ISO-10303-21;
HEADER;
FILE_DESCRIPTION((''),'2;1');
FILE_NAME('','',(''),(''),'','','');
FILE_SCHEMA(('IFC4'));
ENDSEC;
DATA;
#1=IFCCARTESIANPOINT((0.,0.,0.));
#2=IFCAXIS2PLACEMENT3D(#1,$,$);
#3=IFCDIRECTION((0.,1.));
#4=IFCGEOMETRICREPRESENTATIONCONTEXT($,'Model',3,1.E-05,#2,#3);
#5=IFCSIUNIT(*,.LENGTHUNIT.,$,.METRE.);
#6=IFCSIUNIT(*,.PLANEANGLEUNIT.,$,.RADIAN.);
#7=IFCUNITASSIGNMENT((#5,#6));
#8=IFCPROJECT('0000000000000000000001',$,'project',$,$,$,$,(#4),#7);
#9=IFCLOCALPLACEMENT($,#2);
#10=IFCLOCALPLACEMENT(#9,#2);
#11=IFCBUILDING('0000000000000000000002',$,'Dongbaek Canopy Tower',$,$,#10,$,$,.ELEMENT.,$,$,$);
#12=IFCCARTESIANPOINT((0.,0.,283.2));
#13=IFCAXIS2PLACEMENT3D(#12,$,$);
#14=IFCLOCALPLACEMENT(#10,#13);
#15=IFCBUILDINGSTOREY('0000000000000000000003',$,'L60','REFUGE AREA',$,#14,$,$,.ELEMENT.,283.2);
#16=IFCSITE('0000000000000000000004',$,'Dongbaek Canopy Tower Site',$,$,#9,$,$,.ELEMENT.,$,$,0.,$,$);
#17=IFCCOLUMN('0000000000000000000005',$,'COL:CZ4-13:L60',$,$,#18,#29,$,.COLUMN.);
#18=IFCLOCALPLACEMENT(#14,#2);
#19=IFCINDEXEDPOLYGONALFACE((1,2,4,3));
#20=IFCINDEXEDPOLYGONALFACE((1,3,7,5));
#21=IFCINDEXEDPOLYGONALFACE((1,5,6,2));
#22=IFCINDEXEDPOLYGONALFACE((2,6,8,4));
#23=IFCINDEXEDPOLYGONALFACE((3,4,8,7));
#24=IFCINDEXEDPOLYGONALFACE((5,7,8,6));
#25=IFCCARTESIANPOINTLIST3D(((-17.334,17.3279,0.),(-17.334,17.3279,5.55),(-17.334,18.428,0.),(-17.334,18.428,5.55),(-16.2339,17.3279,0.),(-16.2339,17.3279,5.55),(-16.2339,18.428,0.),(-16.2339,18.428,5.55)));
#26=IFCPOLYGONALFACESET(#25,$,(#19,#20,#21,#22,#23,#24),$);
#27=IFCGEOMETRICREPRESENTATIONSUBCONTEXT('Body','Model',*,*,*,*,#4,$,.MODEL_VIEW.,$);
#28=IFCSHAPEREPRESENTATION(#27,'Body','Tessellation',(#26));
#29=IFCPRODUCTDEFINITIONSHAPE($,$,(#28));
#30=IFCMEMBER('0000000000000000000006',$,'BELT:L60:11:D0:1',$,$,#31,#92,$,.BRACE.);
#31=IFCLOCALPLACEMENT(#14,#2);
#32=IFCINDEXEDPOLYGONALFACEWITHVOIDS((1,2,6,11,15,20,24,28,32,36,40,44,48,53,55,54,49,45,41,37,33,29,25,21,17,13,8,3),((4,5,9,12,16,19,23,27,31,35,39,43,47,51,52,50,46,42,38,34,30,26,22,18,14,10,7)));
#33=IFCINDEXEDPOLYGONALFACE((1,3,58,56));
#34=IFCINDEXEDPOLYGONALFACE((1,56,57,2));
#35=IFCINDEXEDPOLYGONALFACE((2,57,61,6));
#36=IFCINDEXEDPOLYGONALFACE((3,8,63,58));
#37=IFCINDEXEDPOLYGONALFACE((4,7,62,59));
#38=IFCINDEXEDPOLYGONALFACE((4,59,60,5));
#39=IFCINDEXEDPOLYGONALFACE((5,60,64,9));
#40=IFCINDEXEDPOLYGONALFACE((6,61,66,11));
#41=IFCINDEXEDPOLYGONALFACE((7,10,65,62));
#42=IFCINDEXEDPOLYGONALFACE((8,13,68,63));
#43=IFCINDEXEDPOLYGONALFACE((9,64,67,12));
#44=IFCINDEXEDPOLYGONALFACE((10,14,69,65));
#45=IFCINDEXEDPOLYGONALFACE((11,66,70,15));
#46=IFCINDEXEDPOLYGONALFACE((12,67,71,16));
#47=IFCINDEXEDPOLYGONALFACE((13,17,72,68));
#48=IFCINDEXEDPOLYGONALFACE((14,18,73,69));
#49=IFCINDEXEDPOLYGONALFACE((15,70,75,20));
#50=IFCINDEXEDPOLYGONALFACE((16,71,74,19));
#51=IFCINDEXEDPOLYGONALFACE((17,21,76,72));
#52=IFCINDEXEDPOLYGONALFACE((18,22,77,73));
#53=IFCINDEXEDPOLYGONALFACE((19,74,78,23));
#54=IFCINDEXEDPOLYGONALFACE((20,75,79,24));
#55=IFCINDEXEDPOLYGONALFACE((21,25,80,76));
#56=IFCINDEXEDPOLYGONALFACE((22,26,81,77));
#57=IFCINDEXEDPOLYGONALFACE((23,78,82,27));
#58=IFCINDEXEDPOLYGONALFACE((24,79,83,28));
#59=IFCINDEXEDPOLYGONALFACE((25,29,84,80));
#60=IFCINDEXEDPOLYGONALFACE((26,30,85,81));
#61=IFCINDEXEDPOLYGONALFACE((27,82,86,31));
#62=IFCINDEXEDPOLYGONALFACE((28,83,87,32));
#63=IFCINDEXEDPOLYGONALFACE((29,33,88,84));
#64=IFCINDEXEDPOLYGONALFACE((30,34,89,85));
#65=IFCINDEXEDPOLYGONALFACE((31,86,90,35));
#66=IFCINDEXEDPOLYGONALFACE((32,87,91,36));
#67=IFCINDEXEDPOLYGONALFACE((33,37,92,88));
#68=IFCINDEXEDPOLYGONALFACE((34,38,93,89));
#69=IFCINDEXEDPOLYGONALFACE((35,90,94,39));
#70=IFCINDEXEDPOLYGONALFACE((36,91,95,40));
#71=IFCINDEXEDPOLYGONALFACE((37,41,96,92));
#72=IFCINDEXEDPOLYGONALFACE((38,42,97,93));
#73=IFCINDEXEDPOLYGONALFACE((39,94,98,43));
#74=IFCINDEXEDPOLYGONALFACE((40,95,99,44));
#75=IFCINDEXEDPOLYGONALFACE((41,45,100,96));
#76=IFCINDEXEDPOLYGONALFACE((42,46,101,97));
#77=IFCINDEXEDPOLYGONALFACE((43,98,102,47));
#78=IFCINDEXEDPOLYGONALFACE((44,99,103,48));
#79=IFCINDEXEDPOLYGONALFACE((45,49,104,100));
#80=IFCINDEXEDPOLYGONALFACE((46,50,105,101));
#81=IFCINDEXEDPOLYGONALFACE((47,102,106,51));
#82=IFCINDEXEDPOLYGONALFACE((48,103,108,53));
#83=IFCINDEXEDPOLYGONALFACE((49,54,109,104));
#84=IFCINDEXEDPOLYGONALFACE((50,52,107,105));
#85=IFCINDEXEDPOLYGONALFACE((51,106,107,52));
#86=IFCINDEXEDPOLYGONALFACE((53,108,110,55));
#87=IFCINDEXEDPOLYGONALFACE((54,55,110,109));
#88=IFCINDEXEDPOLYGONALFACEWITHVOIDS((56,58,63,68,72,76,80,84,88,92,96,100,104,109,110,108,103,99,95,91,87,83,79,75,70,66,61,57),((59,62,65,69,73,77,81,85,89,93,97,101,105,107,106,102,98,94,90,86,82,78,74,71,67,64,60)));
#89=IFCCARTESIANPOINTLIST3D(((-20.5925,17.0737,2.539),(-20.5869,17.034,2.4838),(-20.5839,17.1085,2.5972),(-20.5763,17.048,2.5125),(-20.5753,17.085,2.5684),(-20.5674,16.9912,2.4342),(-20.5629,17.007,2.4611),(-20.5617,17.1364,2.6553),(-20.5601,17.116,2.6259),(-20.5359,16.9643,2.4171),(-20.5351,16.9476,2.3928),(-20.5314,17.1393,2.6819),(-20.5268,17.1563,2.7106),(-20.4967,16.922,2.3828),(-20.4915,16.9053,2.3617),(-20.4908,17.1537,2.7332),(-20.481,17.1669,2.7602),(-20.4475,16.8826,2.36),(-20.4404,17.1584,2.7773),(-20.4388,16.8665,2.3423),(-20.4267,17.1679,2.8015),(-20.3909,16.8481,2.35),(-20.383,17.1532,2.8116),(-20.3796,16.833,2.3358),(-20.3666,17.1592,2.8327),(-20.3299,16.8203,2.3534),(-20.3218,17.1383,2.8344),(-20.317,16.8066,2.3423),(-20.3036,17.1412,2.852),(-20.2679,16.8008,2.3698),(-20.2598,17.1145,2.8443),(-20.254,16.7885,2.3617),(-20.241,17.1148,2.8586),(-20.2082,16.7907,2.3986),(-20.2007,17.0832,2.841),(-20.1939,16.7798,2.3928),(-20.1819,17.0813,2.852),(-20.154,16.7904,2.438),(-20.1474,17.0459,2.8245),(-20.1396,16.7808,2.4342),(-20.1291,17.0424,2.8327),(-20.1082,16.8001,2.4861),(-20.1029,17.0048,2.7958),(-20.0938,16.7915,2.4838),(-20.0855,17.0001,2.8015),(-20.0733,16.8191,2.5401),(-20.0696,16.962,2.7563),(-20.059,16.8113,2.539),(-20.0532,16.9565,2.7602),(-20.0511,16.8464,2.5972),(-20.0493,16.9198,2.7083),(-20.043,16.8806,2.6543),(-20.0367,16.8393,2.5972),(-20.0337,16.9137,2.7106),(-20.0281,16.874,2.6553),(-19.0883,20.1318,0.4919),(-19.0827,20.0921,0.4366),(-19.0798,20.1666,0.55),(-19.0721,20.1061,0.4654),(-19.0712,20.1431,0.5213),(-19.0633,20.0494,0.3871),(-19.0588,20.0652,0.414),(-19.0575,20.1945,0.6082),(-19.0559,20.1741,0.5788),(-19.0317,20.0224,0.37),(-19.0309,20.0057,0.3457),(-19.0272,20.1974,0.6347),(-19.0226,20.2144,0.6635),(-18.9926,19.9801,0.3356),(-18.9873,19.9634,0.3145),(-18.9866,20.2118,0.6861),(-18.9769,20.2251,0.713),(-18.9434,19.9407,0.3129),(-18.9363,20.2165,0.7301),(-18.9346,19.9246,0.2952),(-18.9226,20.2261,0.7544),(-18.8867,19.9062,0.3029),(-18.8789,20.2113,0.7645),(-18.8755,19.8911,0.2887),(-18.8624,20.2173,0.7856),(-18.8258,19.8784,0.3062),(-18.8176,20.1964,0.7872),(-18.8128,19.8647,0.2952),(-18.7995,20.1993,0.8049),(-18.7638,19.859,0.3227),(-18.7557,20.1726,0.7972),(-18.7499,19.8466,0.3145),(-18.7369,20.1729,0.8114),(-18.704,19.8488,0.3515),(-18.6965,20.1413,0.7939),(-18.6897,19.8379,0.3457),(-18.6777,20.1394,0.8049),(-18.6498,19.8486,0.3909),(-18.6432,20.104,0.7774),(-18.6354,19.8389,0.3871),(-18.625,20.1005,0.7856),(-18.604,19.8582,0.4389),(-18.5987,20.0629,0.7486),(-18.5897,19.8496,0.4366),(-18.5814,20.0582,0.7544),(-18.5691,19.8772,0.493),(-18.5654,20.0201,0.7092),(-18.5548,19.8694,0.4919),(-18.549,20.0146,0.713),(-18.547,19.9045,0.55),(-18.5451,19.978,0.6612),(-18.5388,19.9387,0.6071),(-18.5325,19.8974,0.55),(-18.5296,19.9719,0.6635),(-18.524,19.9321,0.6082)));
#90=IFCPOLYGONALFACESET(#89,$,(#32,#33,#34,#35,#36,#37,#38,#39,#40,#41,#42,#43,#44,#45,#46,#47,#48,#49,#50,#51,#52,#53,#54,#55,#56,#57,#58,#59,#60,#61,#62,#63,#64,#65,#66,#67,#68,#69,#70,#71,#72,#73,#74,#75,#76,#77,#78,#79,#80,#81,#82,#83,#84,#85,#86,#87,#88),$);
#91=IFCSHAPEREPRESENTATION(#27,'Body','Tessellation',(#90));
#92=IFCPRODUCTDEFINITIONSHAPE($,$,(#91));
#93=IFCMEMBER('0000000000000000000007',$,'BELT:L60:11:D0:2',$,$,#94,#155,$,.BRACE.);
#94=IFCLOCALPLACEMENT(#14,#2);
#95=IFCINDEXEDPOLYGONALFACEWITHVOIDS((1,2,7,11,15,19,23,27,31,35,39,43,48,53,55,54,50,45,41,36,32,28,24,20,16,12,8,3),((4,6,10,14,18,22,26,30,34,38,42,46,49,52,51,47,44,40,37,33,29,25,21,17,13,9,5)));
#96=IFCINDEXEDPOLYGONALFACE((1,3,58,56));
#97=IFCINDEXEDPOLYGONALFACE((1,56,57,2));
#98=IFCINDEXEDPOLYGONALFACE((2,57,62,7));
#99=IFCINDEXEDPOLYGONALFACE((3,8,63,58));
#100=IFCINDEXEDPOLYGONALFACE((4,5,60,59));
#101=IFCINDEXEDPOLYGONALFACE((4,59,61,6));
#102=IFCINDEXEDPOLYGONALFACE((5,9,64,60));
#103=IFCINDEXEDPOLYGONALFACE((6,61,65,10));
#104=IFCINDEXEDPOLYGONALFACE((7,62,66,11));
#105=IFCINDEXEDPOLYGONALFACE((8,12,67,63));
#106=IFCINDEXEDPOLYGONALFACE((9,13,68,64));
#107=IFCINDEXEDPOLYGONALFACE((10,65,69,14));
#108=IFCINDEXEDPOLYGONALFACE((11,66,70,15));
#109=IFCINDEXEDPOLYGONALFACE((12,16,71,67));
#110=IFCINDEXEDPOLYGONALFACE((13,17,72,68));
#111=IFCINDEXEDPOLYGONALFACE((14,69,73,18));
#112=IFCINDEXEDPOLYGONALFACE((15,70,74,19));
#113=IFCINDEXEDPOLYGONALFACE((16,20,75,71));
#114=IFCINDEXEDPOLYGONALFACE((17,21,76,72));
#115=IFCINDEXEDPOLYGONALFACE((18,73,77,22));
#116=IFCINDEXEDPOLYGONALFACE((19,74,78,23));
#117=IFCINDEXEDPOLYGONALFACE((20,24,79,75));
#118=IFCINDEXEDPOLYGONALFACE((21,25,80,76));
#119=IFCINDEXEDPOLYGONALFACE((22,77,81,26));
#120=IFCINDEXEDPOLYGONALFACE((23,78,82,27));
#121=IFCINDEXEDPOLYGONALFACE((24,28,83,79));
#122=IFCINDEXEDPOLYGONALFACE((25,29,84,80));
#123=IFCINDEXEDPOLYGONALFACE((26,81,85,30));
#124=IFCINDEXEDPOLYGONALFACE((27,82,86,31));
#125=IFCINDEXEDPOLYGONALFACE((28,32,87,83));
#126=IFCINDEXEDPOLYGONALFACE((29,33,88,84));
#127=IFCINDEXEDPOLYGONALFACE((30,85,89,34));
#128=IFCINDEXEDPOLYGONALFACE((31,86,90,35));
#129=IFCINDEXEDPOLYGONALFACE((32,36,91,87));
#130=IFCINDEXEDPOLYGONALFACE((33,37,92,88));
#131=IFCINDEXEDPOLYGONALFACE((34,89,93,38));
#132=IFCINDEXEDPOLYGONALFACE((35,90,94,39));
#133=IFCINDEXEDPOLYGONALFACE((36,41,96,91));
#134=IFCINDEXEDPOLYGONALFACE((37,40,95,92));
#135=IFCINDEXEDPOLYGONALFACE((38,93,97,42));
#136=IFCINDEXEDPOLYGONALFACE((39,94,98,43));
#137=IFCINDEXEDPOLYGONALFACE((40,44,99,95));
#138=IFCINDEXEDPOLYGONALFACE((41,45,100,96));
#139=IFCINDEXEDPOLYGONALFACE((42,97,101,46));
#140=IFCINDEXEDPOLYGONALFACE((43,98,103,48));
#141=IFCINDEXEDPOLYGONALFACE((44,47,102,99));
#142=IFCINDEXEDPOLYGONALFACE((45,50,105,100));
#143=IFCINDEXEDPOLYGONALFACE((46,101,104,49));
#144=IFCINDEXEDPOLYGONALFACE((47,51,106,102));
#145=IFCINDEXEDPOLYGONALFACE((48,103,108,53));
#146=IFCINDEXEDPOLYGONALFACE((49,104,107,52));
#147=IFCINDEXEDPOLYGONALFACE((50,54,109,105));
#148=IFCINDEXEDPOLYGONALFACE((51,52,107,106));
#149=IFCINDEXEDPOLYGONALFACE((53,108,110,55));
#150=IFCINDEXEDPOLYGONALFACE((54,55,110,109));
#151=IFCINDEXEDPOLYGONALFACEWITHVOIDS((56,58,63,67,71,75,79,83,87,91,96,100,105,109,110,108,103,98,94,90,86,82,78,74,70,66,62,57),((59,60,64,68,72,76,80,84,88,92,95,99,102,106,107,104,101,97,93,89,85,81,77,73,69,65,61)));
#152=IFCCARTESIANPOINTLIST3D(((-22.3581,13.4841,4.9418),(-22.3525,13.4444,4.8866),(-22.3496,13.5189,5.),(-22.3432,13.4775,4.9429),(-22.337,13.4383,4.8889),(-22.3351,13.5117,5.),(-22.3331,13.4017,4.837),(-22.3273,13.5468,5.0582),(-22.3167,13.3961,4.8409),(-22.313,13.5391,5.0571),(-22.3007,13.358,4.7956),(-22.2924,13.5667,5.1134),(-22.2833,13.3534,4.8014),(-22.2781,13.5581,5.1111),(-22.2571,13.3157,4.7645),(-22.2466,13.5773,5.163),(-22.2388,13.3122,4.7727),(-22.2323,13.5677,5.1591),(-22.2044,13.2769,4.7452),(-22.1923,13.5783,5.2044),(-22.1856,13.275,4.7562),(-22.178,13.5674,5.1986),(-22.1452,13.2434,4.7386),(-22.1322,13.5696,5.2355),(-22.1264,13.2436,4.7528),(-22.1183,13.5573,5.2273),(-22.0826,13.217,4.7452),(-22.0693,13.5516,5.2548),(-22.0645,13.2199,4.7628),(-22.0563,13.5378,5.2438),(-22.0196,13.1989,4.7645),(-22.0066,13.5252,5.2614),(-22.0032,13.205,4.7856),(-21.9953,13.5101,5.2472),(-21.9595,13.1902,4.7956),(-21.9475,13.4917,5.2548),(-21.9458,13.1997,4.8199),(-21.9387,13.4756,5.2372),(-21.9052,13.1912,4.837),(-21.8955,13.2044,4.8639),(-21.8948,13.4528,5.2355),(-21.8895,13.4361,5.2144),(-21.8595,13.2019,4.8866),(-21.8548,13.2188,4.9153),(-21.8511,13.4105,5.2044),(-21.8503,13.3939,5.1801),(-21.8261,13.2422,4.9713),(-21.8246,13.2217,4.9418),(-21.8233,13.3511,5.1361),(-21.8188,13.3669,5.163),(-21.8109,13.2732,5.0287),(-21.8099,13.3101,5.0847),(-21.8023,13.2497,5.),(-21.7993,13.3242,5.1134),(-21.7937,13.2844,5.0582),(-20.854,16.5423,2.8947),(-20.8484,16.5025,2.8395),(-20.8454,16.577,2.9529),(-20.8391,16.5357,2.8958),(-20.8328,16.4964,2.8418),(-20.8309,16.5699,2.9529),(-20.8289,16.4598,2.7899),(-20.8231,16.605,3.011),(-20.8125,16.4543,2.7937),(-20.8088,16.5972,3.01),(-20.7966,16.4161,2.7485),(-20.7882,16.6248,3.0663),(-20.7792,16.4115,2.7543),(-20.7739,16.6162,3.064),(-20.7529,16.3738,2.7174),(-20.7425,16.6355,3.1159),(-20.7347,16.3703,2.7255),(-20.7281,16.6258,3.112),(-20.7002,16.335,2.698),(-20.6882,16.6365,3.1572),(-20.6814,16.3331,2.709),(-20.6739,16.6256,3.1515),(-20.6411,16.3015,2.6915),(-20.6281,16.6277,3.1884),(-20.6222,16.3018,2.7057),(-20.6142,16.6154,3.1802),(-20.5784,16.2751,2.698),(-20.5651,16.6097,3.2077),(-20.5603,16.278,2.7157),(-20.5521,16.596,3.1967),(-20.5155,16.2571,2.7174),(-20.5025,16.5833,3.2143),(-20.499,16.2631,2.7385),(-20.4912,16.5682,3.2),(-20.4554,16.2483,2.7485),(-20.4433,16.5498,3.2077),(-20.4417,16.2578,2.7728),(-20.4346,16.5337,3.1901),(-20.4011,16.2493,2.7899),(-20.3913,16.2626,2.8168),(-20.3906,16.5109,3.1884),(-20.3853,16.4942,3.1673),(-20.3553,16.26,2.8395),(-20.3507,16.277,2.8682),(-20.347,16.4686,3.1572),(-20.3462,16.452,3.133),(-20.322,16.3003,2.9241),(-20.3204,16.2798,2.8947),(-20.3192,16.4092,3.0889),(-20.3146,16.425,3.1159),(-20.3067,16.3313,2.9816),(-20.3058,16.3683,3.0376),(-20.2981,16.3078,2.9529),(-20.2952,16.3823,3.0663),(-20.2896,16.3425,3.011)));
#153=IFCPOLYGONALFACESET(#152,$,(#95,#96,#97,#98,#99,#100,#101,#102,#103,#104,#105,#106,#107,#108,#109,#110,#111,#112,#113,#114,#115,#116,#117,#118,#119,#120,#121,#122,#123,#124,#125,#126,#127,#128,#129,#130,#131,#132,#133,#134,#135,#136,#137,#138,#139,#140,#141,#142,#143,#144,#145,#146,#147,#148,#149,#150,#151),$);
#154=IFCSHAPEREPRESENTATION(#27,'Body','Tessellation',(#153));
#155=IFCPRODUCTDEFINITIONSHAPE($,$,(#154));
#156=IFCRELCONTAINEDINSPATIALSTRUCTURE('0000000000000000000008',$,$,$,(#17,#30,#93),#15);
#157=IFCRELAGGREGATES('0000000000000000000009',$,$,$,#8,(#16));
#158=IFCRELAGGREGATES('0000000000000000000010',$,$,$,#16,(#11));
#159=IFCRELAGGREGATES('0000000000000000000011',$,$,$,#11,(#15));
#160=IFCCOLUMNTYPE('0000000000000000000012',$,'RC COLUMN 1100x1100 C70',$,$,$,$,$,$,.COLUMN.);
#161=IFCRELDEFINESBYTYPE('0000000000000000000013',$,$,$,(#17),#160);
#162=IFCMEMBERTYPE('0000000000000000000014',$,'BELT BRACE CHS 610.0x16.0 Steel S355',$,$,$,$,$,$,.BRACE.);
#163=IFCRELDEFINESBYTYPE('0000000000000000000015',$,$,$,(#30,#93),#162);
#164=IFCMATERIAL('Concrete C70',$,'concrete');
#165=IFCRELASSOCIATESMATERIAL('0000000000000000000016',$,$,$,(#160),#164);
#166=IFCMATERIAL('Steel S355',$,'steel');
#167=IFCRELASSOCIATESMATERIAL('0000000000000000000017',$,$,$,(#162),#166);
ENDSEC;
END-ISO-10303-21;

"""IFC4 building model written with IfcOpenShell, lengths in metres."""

from ifc_helpers import new_model, si_unit, direction, frame, origin, origin_2d, place, context, subcontext, project, spatial, rectangle, hollow_circle, extrude, material, material_profile, profile_set, type_object, element, save


model = new_model("IFC4")

# Units and contexts
model_context = context("Model", 3, precision=1e-05, world=origin(), true_north=direction((0.0, 1.0)))
body_context = subcontext(model_context, "Body", "Model", "MODEL_VIEW")
ifc_project = project(units=[si_unit("LENGTHUNIT", "METRE"), si_unit("PLANEANGLEUNIT", "RADIAN")], contexts=[model_context])

# Site, building, storey
site_placement = place(None, origin())
site = spatial("IfcSite", under=ifc_project, at=site_placement, Name="Dongbaek Canopy Tower Site", CompositionType="ELEMENT", RefElevation=0.0)
building_placement = place(site_placement, origin())
building = spatial("IfcBuilding", under=site, at=building_placement, Name="Dongbaek Canopy Tower", CompositionType="ELEMENT")
storey_placement = place(building_placement, frame((0.0, 0.0, 283.2)))
storey = spatial("IfcBuildingStorey", under=building, at=storey_placement, Name="L60", Description="REFUGE AREA", CompositionType="ELEMENT", Elevation=283.2)

# Column
ifc_material_1 = material(Name="Concrete C70", Category="concrete")
ifc_material_profile_1 = material_profile(ifc_material_1, rectangle(XDim=1.1001, YDim=1.1001, at=origin_2d()), Name="RC COLUMN 1100x1100 C70")
ifc_profile_set_1 = profile_set([ifc_material_profile_1], Name="Concrete C70")
column_type = type_object("IfcColumnType", Name="RC COLUMN 1100x1100 C70", PredefinedType="COLUMN", material=ifc_profile_set_1)
column_placement = place(storey_placement, frame((-16.7839, 17.8779, 0.0), z_axis=(0.0, 0.0, 1.0), x_axis=(1.0, 0.0, 0.0)))
element("IfcColumn", 1, at=column_placement, inside=storey, type_object=column_type, Name="COL:CZ4-13:L60", PredefinedType="COLUMN", context=body_context, shape_type="SweptSolid", body=[
    extrude(rectangle(XDim=1.1001, YDim=1.1001, at=origin_2d()), origin(), (0.0, 0.0, 1.0), 5.55),
])

# Members
ifc_material_2 = material(Name="Steel S355", Category="steel")
ifc_material_profile_2 = material_profile(ifc_material_2, hollow_circle(Radius=0.3049, WallThickness=0.0161, at=origin_2d()), Name="BELT BRACE CHS 610.0x16.0 Steel S355")
ifc_profile_set_2 = profile_set([ifc_material_profile_2], Name="Steel S355")
member_type_1 = type_object("IfcMemberType", Name="BELT BRACE CHS 610.0x16.0 Steel S355", PredefinedType="BRACE", material=ifc_profile_set_2)
for number, where, z_axis, x_axis, name in (
    (2, (-18.8062, 20.032, 0.55), (-0.378348, -0.769224, 0.514924), (0.897331, -0.441358, 0.0), "BELT:L60:11:D0:1"),
    (3, (-22.0759, 13.3843, 5.0), (0.378348, 0.769224, -0.514924), (-0.897331, 0.441358, 0.0), "BELT:L60:11:D0:2"),
):
    element("IfcMember", number, at=place(storey_placement, frame(where, z_axis=z_axis, x_axis=x_axis)), inside=storey, type_object=member_type_1, Name=name, PredefinedType="BRACE", context=body_context, shape_type="SweptSolid", body=[
        extrude(hollow_circle(Radius=0.3049, WallThickness=0.0161, at=origin_2d()), origin(), (0.0, 0.0, 1.0), 3.9756),
    ])

save(model, "model.ifc")
